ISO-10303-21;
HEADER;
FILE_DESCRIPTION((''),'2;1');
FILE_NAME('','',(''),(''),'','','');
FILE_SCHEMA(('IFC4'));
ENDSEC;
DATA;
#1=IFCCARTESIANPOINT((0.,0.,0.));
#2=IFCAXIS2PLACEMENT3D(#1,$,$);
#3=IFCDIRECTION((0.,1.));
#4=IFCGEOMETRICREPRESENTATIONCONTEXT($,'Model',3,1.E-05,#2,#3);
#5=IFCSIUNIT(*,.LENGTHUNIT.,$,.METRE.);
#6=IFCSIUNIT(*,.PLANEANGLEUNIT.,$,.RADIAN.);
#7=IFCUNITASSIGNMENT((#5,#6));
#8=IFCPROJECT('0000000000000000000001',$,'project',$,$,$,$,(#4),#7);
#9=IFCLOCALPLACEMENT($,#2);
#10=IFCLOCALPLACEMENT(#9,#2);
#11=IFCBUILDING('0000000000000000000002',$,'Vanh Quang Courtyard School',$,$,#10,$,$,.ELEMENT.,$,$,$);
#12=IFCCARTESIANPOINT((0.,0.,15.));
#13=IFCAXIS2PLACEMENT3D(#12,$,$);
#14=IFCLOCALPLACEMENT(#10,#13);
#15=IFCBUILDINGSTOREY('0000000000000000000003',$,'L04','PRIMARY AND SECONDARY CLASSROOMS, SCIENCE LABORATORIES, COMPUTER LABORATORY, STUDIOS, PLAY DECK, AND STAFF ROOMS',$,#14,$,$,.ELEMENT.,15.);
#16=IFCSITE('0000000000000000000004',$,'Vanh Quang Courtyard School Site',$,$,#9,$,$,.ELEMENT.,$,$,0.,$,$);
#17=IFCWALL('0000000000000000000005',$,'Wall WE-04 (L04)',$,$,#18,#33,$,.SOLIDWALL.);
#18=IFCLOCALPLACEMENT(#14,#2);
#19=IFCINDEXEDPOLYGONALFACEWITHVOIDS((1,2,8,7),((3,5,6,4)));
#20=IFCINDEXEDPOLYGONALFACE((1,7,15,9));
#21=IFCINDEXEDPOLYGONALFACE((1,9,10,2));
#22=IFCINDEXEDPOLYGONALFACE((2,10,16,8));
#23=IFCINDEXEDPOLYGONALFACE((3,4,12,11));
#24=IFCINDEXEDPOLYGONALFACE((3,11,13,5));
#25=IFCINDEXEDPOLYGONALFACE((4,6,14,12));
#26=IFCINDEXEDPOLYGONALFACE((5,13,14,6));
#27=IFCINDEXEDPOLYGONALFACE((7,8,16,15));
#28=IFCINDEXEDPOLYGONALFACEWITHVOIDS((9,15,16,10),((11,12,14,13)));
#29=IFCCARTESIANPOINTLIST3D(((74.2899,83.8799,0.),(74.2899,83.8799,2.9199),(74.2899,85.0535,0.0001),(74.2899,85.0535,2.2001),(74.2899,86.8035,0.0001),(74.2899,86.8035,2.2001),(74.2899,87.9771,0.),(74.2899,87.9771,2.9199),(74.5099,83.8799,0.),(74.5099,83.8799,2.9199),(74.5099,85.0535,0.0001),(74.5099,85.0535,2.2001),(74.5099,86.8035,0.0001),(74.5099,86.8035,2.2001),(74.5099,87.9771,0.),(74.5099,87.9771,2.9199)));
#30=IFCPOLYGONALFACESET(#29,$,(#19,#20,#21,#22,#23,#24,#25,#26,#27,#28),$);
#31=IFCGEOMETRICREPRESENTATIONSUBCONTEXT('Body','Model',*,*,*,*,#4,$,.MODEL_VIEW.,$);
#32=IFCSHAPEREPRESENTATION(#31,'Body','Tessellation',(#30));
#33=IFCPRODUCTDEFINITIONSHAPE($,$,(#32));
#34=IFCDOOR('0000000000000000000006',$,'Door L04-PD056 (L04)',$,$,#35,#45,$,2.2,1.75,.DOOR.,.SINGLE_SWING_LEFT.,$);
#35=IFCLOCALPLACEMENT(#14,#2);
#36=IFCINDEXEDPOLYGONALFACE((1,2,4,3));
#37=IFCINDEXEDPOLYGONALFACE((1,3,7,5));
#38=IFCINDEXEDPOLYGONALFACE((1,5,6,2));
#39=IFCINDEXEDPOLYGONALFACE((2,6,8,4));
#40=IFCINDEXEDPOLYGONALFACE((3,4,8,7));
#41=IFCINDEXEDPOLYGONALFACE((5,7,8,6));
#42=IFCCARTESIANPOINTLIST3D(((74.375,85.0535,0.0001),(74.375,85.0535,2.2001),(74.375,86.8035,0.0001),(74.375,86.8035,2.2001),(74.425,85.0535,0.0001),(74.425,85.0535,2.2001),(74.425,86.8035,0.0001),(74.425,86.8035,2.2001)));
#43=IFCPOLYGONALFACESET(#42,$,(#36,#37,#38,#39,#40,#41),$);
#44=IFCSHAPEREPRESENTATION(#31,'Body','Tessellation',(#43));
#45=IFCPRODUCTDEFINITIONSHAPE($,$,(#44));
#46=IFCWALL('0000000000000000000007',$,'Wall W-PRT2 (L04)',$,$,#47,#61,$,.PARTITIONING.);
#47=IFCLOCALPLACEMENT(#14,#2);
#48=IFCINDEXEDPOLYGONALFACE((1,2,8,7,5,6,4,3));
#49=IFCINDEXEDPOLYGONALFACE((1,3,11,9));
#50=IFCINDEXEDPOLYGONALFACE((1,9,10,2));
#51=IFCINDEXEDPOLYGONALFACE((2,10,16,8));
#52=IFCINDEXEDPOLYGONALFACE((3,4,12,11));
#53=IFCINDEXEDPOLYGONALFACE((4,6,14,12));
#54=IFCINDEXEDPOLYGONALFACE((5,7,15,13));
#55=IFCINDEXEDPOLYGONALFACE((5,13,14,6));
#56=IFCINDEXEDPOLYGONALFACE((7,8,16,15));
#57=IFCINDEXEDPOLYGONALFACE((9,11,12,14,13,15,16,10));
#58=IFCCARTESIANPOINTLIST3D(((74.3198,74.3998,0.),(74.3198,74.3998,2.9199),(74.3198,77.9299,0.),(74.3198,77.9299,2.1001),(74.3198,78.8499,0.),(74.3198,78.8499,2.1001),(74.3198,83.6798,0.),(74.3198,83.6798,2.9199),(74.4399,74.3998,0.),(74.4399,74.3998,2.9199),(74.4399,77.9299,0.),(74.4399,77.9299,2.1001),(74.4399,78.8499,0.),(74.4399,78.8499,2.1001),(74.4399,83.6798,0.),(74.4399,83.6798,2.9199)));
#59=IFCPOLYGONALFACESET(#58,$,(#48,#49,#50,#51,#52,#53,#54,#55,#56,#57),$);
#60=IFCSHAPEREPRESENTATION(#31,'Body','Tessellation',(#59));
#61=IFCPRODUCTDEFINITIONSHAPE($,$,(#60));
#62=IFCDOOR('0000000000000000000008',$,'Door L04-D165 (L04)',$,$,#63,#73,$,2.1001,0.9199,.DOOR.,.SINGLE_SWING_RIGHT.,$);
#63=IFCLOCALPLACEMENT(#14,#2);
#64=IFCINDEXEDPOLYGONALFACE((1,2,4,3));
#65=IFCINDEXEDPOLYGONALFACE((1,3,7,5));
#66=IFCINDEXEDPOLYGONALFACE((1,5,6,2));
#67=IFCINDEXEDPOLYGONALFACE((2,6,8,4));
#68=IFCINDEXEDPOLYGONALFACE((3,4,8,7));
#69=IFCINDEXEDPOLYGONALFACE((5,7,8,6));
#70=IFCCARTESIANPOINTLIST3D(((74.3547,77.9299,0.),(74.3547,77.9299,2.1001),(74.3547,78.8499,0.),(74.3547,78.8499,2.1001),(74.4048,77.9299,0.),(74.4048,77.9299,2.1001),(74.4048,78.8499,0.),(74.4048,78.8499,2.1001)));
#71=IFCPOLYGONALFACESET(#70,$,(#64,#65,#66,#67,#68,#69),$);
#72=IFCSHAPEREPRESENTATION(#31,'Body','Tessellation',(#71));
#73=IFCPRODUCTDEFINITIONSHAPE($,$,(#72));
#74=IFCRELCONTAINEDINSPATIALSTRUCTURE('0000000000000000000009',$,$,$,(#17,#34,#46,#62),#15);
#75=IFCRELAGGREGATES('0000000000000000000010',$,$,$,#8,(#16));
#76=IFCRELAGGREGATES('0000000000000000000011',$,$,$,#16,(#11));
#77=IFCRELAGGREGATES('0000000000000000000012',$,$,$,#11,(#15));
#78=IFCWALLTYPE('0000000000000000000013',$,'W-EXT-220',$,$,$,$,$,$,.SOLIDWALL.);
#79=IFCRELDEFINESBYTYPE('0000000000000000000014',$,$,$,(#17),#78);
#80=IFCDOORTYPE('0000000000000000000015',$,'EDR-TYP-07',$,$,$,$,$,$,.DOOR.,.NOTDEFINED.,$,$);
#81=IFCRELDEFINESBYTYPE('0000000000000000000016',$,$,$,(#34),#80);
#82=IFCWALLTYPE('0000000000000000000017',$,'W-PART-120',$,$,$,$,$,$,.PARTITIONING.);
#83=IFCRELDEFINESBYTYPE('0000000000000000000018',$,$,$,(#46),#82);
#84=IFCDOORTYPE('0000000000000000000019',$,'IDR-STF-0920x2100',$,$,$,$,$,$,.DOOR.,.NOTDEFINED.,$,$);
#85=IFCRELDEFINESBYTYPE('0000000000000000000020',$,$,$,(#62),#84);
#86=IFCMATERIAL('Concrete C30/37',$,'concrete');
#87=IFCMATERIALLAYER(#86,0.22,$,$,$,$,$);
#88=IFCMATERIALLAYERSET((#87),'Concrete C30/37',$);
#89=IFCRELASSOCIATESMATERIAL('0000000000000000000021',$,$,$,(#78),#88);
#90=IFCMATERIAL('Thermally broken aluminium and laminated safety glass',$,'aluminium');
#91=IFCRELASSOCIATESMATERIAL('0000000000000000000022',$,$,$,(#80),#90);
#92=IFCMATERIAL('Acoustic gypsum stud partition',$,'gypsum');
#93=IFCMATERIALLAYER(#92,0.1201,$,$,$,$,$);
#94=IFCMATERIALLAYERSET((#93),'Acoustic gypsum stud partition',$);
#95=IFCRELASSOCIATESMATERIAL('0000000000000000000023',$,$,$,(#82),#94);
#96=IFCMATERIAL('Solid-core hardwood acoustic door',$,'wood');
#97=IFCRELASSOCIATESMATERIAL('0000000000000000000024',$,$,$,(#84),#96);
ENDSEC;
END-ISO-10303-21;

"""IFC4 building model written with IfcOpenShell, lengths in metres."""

from ifc_helpers import new_model, si_unit, direction, frame, frame_2d, origin, place, context, subcontext, project, spatial, rectangle, extrude, material, layer, layer_set, type_object, element, fill, save


model = new_model("IFC4")

# Units and contexts
model_context = context("Model", 3, precision=1e-05, world=origin(), true_north=direction((0.0, 1.0)))
body_context = subcontext(model_context, "Body", "Model", "MODEL_VIEW")
ifc_project = project(units=[si_unit("LENGTHUNIT", "METRE"), si_unit("PLANEANGLEUNIT", "RADIAN")], contexts=[model_context])

# Site, building, storey
site_placement = place(None, origin())
site = spatial("IfcSite", under=ifc_project, at=site_placement, Name="Vanh Quang Courtyard School Site", CompositionType="ELEMENT", RefElevation=0.0)
building_placement = place(site_placement, origin())
building = spatial("IfcBuilding", under=site, at=building_placement, Name="Vanh Quang Courtyard School", CompositionType="ELEMENT")
storey_placement = place(building_placement, frame((0.0, 0.0, 15.0)))
storey = spatial("IfcBuildingStorey", under=building, at=storey_placement, Name="L04", Description="PRIMARY AND SECONDARY CLASSROOMS, SCIENCE LABORATORIES, COMPUTER LABORATORY, STUDIOS, PLAY DECK, AND STAFF ROOMS", CompositionType="ELEMENT", Elevation=15.0)

# Walls, openings, doors
ifc_material_1 = material(Name="Concrete C30/37", Category="concrete")
ifc_layer_1 = layer(ifc_material_1, 0.22)
ifc_layer_set_1 = layer_set([ifc_layer_1], Name="Concrete C30/37")
wall_type_1 = type_object("IfcWallType", Name="W-EXT-220", PredefinedType="SOLIDWALL", material=ifc_layer_set_1)
wall_1_placement = place(storey_placement, frame((74.3999, 83.8799, 0.0), z_axis=(0.0, 0.0, 1.0), x_axis=(0.0, 1.0, 0.0)))
wall_1 = element("IfcWall", 1, at=wall_1_placement, inside=storey, type_object=wall_type_1, Name="Wall WE-04 (L04)", PredefinedType="SOLIDWALL", context=body_context, shape_type="SweptSolid", body=[
    extrude(rectangle(XDim=4.0972, YDim=0.22, at=frame_2d((2.0486, 0.0))), origin(), (0.0, 0.0, 1.0), 2.9199),
])
opening_1_placement = place(wall_1_placement, frame((1.1736, 0.0, 0.0)))
opening_1 = element("IfcOpeningElement", 2, at=opening_1_placement, cuts=wall_1, PredefinedType="OPENING", context=body_context, shape_type="SweptSolid", body=[
    extrude(rectangle(XDim=1.75, YDim=2.2, at=frame_2d((0.875, 1.1001))), frame((0.0, 0.1201, 0.0), z_axis=(0.0, -1.0, 0.0), x_axis=(1.0, 0.0, 0.0)), (0.0, 0.0, 1.0), 0.24),
])
ifc_material_2 = material(Name="Thermally broken aluminium and laminated safety glass", Category="aluminium")
door_type_1 = type_object("IfcDoorType", Name="EDR-TYP-07", OperationType="NOTDEFINED", PredefinedType="DOOR", material=ifc_material_2)
door_1_placement = place(opening_1_placement, origin())
door_1 = element("IfcDoor", 3, at=door_1_placement, inside=storey, type_object=door_type_1, Name="Door L04-PD056 (L04)", OperationType="SINGLE_SWING_LEFT", OverallHeight=2.2, OverallWidth=1.75, PredefinedType="DOOR", context=body_context, shape_type="SweptSolid", body=[
    extrude(rectangle(XDim=1.75, YDim=2.2, at=frame_2d((0.875, 1.1001))), frame((0.0, 0.0249, 0.0), z_axis=(0.0, -1.0, 0.0), x_axis=(1.0, 0.0, 0.0)), (0.0, 0.0, 1.0), 0.05),
])
fill(opening_1, door_1)
ifc_material_3 = material(Name="Acoustic gypsum stud partition", Category="gypsum")
ifc_layer_2 = layer(ifc_material_3, 0.1201)
ifc_layer_set_2 = layer_set([ifc_layer_2], Name="Acoustic gypsum stud partition")
wall_type_2 = type_object("IfcWallType", Name="W-PART-120", PredefinedType="PARTITIONING", material=ifc_layer_set_2)
wall_2_placement = place(storey_placement, frame((74.3799, 83.6799, 0.0), z_axis=(0.0, 0.0, 1.0), x_axis=(0.0, -1.0, 0.0)))
wall_2 = element("IfcWall", 4, at=wall_2_placement, inside=storey, type_object=wall_type_2, Name="Wall W-PRT2 (L04)", PredefinedType="PARTITIONING", context=body_context, shape_type="SweptSolid", body=[
    extrude(rectangle(XDim=9.28, YDim=0.1201, at=frame_2d((4.6401, 0.0))), origin(), (0.0, 0.0, 1.0), 2.9199),
])
opening_2_placement = place(wall_2_placement, frame((4.8301, 0.0, 0.0)))
opening_2 = element("IfcOpeningElement", 5, at=opening_2_placement, cuts=wall_2, PredefinedType="OPENING", context=body_context, shape_type="SweptSolid", body=[
    extrude(rectangle(XDim=0.9199, YDim=2.1001, at=frame_2d((0.46, 1.05))), frame((0.0, 0.0701, 0.0), z_axis=(0.0, -1.0, 0.0), x_axis=(1.0, 0.0, 0.0)), (0.0, 0.0, 1.0), 0.1401),
])
ifc_material_4 = material(Name="Solid-core hardwood acoustic door", Category="wood")
door_type_2 = type_object("IfcDoorType", Name="IDR-STF-0920x2100", OperationType="NOTDEFINED", PredefinedType="DOOR", material=ifc_material_4)
door_2_placement = place(opening_2_placement, origin())
door_2 = element("IfcDoor", 6, at=door_2_placement, inside=storey, type_object=door_type_2, Name="Door L04-D165 (L04)", OperationType="SINGLE_SWING_RIGHT", OverallHeight=2.1001, OverallWidth=0.9199, PredefinedType="DOOR", context=body_context, shape_type="SweptSolid", body=[
    extrude(rectangle(XDim=0.9199, YDim=2.1001, at=frame_2d((0.46, 1.05))), frame((0.0, 0.0249, 0.0), z_axis=(0.0, -1.0, 0.0), x_axis=(1.0, 0.0, 0.0)), (0.0, 0.0, 1.0), 0.05),
])
fill(opening_2, door_2)

save(model, "model.ifc")
